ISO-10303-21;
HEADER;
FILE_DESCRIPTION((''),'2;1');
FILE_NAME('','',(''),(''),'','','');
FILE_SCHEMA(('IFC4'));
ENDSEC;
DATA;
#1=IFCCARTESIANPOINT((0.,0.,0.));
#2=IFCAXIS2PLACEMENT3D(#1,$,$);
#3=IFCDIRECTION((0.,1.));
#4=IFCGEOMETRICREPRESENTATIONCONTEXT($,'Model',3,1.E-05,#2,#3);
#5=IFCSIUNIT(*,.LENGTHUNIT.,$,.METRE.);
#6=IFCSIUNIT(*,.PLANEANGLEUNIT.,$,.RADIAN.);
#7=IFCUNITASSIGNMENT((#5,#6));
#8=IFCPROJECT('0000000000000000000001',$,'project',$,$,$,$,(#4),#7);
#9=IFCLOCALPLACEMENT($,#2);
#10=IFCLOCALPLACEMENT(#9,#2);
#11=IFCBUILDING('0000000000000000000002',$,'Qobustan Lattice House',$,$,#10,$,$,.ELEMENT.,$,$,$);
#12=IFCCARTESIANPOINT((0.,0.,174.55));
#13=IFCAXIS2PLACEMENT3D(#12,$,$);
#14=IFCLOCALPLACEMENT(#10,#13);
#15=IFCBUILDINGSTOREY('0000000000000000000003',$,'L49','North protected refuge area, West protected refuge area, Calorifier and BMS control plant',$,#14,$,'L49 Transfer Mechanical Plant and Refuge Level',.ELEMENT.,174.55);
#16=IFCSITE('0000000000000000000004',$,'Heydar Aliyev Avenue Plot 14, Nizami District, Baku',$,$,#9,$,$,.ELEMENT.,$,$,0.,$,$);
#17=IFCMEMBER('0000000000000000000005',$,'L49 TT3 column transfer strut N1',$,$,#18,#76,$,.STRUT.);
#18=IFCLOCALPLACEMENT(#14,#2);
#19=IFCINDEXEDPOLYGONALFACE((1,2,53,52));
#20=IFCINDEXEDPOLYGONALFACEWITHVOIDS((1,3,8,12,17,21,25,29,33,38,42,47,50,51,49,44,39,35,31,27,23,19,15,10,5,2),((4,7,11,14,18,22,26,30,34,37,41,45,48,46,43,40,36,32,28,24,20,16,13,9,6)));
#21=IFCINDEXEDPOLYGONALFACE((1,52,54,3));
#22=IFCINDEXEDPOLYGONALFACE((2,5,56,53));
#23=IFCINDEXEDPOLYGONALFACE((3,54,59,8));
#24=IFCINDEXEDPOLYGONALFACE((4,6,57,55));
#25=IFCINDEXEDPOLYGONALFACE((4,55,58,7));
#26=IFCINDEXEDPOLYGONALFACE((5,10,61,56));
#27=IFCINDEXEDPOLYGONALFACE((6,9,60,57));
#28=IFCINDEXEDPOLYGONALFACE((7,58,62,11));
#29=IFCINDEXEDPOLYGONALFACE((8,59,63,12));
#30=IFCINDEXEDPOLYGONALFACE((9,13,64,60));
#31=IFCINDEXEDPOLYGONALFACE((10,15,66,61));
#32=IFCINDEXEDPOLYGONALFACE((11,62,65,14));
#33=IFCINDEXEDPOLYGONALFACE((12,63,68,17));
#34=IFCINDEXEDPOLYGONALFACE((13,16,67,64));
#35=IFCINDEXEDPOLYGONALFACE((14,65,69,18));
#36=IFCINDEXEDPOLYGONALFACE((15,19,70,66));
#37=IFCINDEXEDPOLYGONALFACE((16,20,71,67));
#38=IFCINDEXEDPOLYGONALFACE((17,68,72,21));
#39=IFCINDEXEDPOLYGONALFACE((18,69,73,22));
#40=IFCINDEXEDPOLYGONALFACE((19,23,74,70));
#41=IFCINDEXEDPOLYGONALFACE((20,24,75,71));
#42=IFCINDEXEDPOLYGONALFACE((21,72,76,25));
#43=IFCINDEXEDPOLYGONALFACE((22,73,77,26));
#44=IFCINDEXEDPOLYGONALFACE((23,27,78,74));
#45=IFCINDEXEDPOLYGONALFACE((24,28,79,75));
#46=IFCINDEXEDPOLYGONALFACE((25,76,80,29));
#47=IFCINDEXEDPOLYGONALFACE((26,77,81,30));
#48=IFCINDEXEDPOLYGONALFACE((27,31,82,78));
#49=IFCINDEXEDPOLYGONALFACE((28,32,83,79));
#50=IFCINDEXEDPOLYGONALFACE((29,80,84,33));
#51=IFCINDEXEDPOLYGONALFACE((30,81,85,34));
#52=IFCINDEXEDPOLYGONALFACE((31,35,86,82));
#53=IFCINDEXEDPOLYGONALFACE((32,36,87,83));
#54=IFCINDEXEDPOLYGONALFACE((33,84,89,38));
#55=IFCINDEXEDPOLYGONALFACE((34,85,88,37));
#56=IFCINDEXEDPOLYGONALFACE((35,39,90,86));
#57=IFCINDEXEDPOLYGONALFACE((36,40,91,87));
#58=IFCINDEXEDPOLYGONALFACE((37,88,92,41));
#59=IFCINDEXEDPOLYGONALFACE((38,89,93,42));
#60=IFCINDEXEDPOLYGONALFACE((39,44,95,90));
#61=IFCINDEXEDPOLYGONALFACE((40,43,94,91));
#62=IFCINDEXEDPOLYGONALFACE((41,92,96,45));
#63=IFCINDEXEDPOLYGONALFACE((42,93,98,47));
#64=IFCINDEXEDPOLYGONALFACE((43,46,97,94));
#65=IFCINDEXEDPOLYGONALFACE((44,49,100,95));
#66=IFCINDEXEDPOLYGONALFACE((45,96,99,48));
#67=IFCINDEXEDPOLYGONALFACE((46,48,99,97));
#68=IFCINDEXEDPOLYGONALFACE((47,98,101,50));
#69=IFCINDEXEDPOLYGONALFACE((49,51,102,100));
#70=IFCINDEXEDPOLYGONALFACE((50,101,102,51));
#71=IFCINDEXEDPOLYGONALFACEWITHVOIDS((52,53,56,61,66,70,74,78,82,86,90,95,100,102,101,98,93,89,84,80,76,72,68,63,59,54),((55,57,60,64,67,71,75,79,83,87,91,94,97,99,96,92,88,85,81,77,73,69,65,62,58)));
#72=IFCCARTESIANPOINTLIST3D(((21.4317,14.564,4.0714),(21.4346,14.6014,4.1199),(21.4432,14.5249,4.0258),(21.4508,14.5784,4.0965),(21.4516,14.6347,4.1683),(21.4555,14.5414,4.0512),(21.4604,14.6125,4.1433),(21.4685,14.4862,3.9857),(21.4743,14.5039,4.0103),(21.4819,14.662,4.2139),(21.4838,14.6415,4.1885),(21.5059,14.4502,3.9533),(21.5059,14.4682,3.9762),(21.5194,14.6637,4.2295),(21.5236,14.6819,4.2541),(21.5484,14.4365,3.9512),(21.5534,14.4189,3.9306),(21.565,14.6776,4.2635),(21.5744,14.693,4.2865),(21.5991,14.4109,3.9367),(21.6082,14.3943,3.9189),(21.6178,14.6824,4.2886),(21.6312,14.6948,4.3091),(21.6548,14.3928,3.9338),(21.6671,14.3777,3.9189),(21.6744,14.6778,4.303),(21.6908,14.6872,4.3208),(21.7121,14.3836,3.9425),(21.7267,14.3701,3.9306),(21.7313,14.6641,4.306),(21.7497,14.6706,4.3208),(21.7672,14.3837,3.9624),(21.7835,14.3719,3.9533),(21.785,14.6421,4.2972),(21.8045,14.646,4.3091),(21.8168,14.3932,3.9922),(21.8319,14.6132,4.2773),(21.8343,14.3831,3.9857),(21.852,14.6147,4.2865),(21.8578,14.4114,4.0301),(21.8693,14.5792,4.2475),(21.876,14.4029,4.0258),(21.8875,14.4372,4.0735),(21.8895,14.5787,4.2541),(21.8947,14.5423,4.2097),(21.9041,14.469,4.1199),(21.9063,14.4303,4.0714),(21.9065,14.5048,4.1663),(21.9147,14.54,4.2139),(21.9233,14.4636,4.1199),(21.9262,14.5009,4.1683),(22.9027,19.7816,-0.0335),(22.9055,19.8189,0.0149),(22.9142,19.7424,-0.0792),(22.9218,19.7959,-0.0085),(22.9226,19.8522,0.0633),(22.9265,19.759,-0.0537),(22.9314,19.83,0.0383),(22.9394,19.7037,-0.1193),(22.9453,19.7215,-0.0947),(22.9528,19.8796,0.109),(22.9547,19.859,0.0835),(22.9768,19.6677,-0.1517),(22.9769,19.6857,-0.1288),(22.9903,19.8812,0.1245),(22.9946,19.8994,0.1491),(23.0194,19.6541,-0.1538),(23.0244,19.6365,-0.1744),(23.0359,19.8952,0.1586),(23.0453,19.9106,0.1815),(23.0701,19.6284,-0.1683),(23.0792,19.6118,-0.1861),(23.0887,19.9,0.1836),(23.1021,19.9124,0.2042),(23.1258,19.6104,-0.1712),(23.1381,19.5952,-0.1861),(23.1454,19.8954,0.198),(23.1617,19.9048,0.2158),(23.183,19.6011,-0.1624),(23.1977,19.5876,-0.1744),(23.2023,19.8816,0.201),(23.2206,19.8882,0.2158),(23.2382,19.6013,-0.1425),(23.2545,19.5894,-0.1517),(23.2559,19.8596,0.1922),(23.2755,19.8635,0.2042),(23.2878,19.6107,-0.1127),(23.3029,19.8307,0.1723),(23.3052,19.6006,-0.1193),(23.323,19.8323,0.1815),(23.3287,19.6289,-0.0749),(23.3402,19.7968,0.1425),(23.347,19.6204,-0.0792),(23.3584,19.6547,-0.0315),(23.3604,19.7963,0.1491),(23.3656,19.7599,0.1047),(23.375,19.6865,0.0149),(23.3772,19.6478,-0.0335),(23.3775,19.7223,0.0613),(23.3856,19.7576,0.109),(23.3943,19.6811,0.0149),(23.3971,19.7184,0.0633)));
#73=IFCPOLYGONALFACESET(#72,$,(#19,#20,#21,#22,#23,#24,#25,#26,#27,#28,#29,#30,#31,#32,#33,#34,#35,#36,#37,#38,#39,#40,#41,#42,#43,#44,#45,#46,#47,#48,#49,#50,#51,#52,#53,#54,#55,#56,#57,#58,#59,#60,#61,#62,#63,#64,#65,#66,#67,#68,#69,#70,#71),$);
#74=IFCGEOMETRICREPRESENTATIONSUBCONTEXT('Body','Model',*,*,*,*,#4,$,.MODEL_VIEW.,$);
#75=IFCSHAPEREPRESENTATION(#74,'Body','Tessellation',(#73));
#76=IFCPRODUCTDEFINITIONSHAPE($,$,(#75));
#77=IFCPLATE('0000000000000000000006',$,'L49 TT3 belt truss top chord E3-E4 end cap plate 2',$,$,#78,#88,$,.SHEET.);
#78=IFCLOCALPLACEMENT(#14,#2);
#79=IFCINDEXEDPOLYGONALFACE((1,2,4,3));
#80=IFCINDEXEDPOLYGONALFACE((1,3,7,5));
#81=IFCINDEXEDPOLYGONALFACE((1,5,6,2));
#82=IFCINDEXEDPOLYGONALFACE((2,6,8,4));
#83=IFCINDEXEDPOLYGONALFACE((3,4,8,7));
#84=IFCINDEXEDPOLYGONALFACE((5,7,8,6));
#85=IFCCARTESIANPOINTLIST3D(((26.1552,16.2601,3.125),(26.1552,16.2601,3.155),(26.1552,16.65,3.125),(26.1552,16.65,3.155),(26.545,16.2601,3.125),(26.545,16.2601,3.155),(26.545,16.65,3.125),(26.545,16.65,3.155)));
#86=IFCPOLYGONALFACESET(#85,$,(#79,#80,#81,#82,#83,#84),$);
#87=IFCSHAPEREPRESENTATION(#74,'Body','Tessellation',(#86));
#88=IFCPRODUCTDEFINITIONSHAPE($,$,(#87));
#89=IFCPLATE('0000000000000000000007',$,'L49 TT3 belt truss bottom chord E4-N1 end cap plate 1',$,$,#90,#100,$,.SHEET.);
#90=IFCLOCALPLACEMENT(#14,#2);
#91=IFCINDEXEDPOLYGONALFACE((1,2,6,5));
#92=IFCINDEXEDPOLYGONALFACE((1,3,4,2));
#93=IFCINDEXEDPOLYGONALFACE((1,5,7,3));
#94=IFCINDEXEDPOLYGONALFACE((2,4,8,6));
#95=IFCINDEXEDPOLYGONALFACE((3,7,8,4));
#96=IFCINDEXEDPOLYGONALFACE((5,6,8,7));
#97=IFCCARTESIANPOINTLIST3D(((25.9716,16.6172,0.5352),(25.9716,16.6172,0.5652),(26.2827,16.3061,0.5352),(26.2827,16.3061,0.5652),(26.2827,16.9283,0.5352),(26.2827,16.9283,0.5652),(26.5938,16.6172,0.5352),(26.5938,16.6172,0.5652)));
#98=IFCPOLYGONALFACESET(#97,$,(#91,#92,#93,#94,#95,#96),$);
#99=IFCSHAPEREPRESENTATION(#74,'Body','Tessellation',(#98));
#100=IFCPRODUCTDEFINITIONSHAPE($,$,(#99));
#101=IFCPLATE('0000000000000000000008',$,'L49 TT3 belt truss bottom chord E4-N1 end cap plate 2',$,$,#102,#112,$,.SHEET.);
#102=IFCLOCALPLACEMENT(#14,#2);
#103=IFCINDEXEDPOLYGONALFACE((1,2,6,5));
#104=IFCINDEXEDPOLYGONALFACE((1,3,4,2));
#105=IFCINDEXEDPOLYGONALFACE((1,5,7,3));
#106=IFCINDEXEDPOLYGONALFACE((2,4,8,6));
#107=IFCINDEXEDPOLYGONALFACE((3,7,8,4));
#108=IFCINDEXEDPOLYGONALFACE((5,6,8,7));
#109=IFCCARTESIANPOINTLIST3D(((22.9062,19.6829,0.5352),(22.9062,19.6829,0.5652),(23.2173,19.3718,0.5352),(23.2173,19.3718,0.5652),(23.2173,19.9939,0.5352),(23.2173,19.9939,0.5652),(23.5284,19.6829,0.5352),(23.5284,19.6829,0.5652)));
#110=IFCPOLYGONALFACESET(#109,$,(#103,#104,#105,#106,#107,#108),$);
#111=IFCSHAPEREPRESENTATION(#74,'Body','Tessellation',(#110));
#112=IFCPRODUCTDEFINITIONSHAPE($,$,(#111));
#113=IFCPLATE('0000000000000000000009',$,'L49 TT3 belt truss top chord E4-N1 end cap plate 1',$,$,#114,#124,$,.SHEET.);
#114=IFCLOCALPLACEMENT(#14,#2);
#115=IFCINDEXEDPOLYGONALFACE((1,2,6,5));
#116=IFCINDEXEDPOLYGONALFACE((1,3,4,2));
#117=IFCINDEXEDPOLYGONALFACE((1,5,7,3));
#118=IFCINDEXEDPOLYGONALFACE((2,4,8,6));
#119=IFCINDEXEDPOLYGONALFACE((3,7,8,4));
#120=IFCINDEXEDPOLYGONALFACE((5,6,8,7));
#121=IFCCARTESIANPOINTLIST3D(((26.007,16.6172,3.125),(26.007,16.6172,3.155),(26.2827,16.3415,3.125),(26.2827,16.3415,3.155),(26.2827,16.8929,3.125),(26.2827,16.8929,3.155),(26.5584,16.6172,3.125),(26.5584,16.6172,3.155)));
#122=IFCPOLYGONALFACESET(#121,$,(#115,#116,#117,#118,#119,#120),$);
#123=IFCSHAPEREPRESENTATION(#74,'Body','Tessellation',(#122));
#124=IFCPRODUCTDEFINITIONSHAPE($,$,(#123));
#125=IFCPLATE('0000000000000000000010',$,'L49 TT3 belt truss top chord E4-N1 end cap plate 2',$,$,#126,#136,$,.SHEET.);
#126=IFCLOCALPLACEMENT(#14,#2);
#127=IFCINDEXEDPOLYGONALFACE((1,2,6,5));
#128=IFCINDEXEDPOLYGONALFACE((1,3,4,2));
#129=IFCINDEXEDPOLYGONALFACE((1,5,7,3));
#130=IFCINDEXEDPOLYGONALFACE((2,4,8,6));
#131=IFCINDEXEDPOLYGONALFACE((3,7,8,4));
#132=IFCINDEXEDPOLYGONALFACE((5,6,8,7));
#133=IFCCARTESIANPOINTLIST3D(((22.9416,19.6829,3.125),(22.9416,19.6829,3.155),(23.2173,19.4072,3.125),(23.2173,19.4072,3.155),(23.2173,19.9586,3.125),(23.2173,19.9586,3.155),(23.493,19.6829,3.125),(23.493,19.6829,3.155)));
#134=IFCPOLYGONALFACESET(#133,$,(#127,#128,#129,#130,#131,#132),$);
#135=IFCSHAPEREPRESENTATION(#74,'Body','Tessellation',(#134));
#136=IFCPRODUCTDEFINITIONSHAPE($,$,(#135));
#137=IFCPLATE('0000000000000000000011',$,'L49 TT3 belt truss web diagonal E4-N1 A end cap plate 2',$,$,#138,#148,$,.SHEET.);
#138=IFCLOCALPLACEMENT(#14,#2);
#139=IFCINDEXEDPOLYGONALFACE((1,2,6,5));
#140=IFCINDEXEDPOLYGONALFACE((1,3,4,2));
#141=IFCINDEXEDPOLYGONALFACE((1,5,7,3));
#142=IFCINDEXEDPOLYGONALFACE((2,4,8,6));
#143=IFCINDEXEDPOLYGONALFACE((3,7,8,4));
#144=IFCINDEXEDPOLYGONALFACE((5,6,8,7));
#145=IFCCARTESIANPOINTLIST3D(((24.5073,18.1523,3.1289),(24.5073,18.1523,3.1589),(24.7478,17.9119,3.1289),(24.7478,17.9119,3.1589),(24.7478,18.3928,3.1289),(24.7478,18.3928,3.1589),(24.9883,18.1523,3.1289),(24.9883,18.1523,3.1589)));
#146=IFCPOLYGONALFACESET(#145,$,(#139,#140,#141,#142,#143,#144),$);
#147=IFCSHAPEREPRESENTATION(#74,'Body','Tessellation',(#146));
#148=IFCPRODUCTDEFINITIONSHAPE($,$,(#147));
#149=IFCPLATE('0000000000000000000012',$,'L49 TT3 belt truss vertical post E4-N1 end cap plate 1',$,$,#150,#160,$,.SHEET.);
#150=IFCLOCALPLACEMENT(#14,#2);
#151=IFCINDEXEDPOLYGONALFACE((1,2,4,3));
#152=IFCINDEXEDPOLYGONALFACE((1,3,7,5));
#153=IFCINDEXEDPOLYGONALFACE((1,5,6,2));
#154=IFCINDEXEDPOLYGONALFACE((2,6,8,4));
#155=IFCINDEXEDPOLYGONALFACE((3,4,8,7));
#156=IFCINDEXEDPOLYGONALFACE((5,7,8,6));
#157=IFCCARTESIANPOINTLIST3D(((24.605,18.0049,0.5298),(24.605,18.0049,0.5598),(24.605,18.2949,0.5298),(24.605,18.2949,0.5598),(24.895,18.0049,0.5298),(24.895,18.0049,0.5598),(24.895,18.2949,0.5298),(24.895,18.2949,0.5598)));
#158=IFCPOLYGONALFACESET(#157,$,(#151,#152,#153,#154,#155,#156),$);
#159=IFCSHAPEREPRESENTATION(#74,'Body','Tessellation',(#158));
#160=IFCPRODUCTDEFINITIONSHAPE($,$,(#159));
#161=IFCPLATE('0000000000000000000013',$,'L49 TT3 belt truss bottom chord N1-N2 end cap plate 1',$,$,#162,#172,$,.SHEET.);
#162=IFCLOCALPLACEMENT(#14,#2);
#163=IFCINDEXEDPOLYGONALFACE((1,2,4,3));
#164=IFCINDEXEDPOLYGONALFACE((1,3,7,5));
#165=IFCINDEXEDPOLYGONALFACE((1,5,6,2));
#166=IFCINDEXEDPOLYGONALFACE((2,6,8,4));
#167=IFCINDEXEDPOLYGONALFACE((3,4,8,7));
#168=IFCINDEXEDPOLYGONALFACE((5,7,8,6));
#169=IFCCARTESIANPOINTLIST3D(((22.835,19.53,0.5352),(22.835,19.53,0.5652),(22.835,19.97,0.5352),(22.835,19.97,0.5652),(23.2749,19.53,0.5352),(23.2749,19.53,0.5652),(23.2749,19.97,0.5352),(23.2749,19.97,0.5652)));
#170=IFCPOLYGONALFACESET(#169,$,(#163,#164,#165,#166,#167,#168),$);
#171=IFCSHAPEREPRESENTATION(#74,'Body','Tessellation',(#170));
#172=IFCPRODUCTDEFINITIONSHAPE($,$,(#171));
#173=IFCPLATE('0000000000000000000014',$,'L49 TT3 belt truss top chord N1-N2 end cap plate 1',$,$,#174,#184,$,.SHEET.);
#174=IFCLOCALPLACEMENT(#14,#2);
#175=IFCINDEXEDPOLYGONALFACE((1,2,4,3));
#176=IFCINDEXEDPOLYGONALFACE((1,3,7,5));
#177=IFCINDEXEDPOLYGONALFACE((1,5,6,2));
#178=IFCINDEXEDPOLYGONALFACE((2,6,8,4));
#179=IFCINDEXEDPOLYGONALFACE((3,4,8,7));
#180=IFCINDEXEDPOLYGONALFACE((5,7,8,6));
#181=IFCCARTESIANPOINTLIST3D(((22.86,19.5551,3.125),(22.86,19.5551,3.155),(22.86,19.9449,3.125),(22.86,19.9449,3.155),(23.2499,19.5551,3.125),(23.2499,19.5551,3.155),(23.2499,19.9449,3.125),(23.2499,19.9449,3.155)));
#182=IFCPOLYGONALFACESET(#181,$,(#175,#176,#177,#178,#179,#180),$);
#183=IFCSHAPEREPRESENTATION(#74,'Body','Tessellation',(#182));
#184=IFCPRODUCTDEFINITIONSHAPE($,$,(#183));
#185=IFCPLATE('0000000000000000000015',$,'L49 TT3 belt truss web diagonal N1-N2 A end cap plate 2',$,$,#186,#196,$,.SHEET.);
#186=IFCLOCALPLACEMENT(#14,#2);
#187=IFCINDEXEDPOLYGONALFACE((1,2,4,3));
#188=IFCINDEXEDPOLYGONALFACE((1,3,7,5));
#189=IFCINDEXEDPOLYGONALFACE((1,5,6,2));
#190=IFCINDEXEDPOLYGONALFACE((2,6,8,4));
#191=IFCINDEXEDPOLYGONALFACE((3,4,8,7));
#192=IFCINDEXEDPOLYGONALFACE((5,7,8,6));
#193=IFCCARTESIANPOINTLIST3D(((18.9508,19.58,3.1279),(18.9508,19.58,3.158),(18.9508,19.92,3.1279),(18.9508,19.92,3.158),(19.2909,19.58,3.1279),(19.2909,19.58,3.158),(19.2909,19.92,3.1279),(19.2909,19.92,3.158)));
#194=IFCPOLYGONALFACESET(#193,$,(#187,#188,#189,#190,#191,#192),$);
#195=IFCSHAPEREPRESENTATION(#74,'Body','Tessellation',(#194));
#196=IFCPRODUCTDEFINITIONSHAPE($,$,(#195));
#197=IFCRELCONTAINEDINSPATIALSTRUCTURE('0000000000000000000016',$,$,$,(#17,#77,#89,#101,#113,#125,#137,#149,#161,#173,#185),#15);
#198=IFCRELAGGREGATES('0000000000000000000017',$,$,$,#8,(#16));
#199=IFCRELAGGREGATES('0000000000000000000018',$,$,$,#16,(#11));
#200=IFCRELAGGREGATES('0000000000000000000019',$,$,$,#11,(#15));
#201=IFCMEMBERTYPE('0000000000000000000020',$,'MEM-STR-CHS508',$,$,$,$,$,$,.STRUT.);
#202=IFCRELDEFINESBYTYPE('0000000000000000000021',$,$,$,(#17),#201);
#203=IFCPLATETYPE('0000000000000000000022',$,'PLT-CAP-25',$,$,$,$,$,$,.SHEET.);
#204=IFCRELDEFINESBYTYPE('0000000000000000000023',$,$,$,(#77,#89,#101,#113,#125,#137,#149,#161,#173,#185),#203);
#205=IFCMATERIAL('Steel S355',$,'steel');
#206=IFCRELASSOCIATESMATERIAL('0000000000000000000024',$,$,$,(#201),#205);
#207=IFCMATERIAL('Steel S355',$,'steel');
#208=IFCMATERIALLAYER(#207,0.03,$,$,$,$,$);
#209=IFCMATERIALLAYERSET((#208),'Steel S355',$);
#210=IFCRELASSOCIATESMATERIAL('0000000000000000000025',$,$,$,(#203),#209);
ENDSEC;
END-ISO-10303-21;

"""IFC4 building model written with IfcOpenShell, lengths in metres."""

from ifc_helpers import new_model, si_unit, direction, frame, origin, origin_2d, place, context, subcontext, project, spatial, rectangle, hollow_circle, extrude, material, layer, layer_set, material_profile, profile_set, type_object, element, save


model = new_model("IFC4")

# Units and contexts
model_context = context("Model", 3, precision=1e-05, world=origin(), true_north=direction((0.0, 1.0)))
body_context = subcontext(model_context, "Body", "Model", "MODEL_VIEW")
ifc_project = project(units=[si_unit("LENGTHUNIT", "METRE"), si_unit("PLANEANGLEUNIT", "RADIAN")], contexts=[model_context])

# Site, building, storey
site_placement = place(None, origin())
site = spatial("IfcSite", under=ifc_project, at=site_placement, Name="Heydar Aliyev Avenue Plot 14, Nizami District, Baku", CompositionType="ELEMENT", RefElevation=0.0)
building_placement = place(site_placement, origin())
building = spatial("IfcBuilding", under=site, at=building_placement, Name="Qobustan Lattice House", CompositionType="ELEMENT")
storey_placement = place(building_placement, frame((0.0, 0.0, 174.55)))
storey = spatial("IfcBuildingStorey", under=building, at=storey_placement, Name="L49", Description="North protected refuge area, West protected refuge area, Calorifier and BMS control plant", LongName="L49 Transfer Mechanical Plant and Refuge Level", CompositionType="ELEMENT", Elevation=174.55)

# Member
ifc_material_1 = material(Name="Steel S355", Category="steel")
ifc_material_profile_1 = material_profile(ifc_material_1, hollow_circle(Radius=0.2539, WallThickness=0.02, at=origin_2d()), Name="CHS508x20")
ifc_profile_set_1 = profile_set([ifc_material_profile_1], Name="Steel S355")
member_type_1 = type_object("IfcMemberType", Name="MEM-STR-CHS508", PredefinedType="STRUT", material=ifc_profile_set_1)
member_1_placement = place(storey_placement, frame((23.1499, 19.75, 0.0149), z_axis=(-0.216322, -0.767307, 0.603692), x_axis=(0.962482, -0.271347, 0.0)))
element("IfcMember", 1, at=member_1_placement, inside=storey, type_object=member_type_1, Name="L49 TT3 column transfer strut N1", PredefinedType="STRUT", context=body_context, shape_type="SweptSolid", body=[
    extrude(hollow_circle(Radius=0.2539, WallThickness=0.02, at=origin_2d()), origin(), (0.0, 0.0, 1.0), 6.7998),
])

# Plates
ifc_material_2 = material(Name="Steel S355", Category="steel")
ifc_layer_1 = layer(ifc_material_2, 0.03)
ifc_layer_set_1 = layer_set([ifc_layer_1], Name="Steel S355")
plate_type = type_object("IfcPlateType", Name="PLT-CAP-25", PredefinedType="SHEET", material=ifc_layer_set_1)
plate_1_placement = place(storey_placement, frame((26.3501, 16.4551, 3.125), z_axis=(0.0, 0.0, 1.0), x_axis=(0.0, 1.0, 0.0)))
element("IfcPlate", 2, at=plate_1_placement, inside=storey, type_object=plate_type, Name="L49 TT3 belt truss top chord E3-E4 end cap plate 2", PredefinedType="SHEET", context=body_context, shape_type="SweptSolid", body=[
    extrude(rectangle(XDim=0.3899, YDim=0.3899, at=origin_2d()), origin(), (0.0, 0.0, 1.0), 0.03),
])
for number, where, z_axis, x_axis, name in (
    (3, (26.2827, 16.6172, 0.5352), (0.0, 0.0, 1.0), (-0.707107, 0.707107, 0.0), "L49 TT3 belt truss bottom chord E4-N1 end cap plate 1"),
    (4, (23.2173, 19.6829, 0.5352), (0.0, 0.0, 1.0), (-0.707107, 0.707107, 0.0), "L49 TT3 belt truss bottom chord E4-N1 end cap plate 2"),
):
    element("IfcPlate", number, at=place(storey_placement, frame(where, z_axis=z_axis, x_axis=x_axis)), inside=storey, type_object=plate_type, Name=name, PredefinedType="SHEET", context=body_context, shape_type="SweptSolid", body=[
        extrude(rectangle(XDim=0.4399, YDim=0.4399, at=origin_2d()), origin(), (0.0, 0.0, 1.0), 0.03),
    ])
for number, where, z_axis, x_axis, name in (
    (5, (26.2827, 16.6172, 3.125), (0.0, 0.0, 1.0), (-0.707107, 0.707107, 0.0), "L49 TT3 belt truss top chord E4-N1 end cap plate 1"),
    (6, (23.2173, 19.6829, 3.125), (0.0, 0.0, 1.0), (-0.707107, 0.707107, 0.0), "L49 TT3 belt truss top chord E4-N1 end cap plate 2"),
):
    element("IfcPlate", number, at=place(storey_placement, frame(where, z_axis=z_axis, x_axis=x_axis)), inside=storey, type_object=plate_type, Name=name, PredefinedType="SHEET", context=body_context, shape_type="SweptSolid", body=[
        extrude(rectangle(XDim=0.3899, YDim=0.3899, at=origin_2d()), origin(), (0.0, 0.0, 1.0), 0.03),
    ])
plate_2_placement = place(storey_placement, frame((24.7478, 18.1523, 3.1289), z_axis=(0.0, 0.0, 1.0), x_axis=(-0.707107, 0.707107, 0.0)))
element("IfcPlate", 7, at=plate_2_placement, inside=storey, type_object=plate_type, Name="L49 TT3 belt truss web diagonal E4-N1 A end cap plate 2", PredefinedType="SHEET", context=body_context, shape_type="SweptSolid", body=[
    extrude(rectangle(XDim=0.3401, YDim=0.3401, at=origin_2d()), origin(), (0.0, 0.0, 1.0), 0.03),
])
plate_3_placement = place(storey_placement, frame((24.75, 18.1499, 0.5298), z_axis=(0.0, 0.0, 1.0), x_axis=(1.0, 0.0, 0.0)))
element("IfcPlate", 8, at=plate_3_placement, inside=storey, type_object=plate_type, Name="L49 TT3 belt truss vertical post E4-N1 end cap plate 1", PredefinedType="SHEET", context=body_context, shape_type="SweptSolid", body=[
    extrude(rectangle(XDim=0.29, YDim=0.29, at=origin_2d()), origin(), (0.0, 0.0, 1.0), 0.03),
])
plate_4_placement = place(storey_placement, frame((23.0549, 19.75, 0.5352), z_axis=(0.0, 0.0, 1.0), x_axis=(-1.0, 0.0, 0.0)))
element("IfcPlate", 9, at=plate_4_placement, inside=storey, type_object=plate_type, Name="L49 TT3 belt truss bottom chord N1-N2 end cap plate 1", PredefinedType="SHEET", context=body_context, shape_type="SweptSolid", body=[
    extrude(rectangle(XDim=0.4399, YDim=0.4399, at=origin_2d()), origin(), (0.0, 0.0, 1.0), 0.03),
])
plate_5_placement = place(storey_placement, frame((23.0549, 19.75, 3.125), z_axis=(0.0, 0.0, 1.0), x_axis=(-1.0, 0.0, 0.0)))
element("IfcPlate", 10, at=plate_5_placement, inside=storey, type_object=plate_type, Name="L49 TT3 belt truss top chord N1-N2 end cap plate 1", PredefinedType="SHEET", context=body_context, shape_type="SweptSolid", body=[
    extrude(rectangle(XDim=0.3899, YDim=0.3899, at=origin_2d()), origin(), (0.0, 0.0, 1.0), 0.03),
])
plate_6_placement = place(storey_placement, frame((19.1208, 19.75, 3.1279), z_axis=(0.0, 0.0, 1.0), x_axis=(-1.0, 0.0, 0.0)))
element("IfcPlate", 11, at=plate_6_placement, inside=storey, type_object=plate_type, Name="L49 TT3 belt truss web diagonal N1-N2 A end cap plate 2", PredefinedType="SHEET", context=body_context, shape_type="SweptSolid", body=[
    extrude(rectangle(XDim=0.3401, YDim=0.3401, at=origin_2d()), origin(), (0.0, 0.0, 1.0), 0.03),
])

save(model, "model.ifc")
